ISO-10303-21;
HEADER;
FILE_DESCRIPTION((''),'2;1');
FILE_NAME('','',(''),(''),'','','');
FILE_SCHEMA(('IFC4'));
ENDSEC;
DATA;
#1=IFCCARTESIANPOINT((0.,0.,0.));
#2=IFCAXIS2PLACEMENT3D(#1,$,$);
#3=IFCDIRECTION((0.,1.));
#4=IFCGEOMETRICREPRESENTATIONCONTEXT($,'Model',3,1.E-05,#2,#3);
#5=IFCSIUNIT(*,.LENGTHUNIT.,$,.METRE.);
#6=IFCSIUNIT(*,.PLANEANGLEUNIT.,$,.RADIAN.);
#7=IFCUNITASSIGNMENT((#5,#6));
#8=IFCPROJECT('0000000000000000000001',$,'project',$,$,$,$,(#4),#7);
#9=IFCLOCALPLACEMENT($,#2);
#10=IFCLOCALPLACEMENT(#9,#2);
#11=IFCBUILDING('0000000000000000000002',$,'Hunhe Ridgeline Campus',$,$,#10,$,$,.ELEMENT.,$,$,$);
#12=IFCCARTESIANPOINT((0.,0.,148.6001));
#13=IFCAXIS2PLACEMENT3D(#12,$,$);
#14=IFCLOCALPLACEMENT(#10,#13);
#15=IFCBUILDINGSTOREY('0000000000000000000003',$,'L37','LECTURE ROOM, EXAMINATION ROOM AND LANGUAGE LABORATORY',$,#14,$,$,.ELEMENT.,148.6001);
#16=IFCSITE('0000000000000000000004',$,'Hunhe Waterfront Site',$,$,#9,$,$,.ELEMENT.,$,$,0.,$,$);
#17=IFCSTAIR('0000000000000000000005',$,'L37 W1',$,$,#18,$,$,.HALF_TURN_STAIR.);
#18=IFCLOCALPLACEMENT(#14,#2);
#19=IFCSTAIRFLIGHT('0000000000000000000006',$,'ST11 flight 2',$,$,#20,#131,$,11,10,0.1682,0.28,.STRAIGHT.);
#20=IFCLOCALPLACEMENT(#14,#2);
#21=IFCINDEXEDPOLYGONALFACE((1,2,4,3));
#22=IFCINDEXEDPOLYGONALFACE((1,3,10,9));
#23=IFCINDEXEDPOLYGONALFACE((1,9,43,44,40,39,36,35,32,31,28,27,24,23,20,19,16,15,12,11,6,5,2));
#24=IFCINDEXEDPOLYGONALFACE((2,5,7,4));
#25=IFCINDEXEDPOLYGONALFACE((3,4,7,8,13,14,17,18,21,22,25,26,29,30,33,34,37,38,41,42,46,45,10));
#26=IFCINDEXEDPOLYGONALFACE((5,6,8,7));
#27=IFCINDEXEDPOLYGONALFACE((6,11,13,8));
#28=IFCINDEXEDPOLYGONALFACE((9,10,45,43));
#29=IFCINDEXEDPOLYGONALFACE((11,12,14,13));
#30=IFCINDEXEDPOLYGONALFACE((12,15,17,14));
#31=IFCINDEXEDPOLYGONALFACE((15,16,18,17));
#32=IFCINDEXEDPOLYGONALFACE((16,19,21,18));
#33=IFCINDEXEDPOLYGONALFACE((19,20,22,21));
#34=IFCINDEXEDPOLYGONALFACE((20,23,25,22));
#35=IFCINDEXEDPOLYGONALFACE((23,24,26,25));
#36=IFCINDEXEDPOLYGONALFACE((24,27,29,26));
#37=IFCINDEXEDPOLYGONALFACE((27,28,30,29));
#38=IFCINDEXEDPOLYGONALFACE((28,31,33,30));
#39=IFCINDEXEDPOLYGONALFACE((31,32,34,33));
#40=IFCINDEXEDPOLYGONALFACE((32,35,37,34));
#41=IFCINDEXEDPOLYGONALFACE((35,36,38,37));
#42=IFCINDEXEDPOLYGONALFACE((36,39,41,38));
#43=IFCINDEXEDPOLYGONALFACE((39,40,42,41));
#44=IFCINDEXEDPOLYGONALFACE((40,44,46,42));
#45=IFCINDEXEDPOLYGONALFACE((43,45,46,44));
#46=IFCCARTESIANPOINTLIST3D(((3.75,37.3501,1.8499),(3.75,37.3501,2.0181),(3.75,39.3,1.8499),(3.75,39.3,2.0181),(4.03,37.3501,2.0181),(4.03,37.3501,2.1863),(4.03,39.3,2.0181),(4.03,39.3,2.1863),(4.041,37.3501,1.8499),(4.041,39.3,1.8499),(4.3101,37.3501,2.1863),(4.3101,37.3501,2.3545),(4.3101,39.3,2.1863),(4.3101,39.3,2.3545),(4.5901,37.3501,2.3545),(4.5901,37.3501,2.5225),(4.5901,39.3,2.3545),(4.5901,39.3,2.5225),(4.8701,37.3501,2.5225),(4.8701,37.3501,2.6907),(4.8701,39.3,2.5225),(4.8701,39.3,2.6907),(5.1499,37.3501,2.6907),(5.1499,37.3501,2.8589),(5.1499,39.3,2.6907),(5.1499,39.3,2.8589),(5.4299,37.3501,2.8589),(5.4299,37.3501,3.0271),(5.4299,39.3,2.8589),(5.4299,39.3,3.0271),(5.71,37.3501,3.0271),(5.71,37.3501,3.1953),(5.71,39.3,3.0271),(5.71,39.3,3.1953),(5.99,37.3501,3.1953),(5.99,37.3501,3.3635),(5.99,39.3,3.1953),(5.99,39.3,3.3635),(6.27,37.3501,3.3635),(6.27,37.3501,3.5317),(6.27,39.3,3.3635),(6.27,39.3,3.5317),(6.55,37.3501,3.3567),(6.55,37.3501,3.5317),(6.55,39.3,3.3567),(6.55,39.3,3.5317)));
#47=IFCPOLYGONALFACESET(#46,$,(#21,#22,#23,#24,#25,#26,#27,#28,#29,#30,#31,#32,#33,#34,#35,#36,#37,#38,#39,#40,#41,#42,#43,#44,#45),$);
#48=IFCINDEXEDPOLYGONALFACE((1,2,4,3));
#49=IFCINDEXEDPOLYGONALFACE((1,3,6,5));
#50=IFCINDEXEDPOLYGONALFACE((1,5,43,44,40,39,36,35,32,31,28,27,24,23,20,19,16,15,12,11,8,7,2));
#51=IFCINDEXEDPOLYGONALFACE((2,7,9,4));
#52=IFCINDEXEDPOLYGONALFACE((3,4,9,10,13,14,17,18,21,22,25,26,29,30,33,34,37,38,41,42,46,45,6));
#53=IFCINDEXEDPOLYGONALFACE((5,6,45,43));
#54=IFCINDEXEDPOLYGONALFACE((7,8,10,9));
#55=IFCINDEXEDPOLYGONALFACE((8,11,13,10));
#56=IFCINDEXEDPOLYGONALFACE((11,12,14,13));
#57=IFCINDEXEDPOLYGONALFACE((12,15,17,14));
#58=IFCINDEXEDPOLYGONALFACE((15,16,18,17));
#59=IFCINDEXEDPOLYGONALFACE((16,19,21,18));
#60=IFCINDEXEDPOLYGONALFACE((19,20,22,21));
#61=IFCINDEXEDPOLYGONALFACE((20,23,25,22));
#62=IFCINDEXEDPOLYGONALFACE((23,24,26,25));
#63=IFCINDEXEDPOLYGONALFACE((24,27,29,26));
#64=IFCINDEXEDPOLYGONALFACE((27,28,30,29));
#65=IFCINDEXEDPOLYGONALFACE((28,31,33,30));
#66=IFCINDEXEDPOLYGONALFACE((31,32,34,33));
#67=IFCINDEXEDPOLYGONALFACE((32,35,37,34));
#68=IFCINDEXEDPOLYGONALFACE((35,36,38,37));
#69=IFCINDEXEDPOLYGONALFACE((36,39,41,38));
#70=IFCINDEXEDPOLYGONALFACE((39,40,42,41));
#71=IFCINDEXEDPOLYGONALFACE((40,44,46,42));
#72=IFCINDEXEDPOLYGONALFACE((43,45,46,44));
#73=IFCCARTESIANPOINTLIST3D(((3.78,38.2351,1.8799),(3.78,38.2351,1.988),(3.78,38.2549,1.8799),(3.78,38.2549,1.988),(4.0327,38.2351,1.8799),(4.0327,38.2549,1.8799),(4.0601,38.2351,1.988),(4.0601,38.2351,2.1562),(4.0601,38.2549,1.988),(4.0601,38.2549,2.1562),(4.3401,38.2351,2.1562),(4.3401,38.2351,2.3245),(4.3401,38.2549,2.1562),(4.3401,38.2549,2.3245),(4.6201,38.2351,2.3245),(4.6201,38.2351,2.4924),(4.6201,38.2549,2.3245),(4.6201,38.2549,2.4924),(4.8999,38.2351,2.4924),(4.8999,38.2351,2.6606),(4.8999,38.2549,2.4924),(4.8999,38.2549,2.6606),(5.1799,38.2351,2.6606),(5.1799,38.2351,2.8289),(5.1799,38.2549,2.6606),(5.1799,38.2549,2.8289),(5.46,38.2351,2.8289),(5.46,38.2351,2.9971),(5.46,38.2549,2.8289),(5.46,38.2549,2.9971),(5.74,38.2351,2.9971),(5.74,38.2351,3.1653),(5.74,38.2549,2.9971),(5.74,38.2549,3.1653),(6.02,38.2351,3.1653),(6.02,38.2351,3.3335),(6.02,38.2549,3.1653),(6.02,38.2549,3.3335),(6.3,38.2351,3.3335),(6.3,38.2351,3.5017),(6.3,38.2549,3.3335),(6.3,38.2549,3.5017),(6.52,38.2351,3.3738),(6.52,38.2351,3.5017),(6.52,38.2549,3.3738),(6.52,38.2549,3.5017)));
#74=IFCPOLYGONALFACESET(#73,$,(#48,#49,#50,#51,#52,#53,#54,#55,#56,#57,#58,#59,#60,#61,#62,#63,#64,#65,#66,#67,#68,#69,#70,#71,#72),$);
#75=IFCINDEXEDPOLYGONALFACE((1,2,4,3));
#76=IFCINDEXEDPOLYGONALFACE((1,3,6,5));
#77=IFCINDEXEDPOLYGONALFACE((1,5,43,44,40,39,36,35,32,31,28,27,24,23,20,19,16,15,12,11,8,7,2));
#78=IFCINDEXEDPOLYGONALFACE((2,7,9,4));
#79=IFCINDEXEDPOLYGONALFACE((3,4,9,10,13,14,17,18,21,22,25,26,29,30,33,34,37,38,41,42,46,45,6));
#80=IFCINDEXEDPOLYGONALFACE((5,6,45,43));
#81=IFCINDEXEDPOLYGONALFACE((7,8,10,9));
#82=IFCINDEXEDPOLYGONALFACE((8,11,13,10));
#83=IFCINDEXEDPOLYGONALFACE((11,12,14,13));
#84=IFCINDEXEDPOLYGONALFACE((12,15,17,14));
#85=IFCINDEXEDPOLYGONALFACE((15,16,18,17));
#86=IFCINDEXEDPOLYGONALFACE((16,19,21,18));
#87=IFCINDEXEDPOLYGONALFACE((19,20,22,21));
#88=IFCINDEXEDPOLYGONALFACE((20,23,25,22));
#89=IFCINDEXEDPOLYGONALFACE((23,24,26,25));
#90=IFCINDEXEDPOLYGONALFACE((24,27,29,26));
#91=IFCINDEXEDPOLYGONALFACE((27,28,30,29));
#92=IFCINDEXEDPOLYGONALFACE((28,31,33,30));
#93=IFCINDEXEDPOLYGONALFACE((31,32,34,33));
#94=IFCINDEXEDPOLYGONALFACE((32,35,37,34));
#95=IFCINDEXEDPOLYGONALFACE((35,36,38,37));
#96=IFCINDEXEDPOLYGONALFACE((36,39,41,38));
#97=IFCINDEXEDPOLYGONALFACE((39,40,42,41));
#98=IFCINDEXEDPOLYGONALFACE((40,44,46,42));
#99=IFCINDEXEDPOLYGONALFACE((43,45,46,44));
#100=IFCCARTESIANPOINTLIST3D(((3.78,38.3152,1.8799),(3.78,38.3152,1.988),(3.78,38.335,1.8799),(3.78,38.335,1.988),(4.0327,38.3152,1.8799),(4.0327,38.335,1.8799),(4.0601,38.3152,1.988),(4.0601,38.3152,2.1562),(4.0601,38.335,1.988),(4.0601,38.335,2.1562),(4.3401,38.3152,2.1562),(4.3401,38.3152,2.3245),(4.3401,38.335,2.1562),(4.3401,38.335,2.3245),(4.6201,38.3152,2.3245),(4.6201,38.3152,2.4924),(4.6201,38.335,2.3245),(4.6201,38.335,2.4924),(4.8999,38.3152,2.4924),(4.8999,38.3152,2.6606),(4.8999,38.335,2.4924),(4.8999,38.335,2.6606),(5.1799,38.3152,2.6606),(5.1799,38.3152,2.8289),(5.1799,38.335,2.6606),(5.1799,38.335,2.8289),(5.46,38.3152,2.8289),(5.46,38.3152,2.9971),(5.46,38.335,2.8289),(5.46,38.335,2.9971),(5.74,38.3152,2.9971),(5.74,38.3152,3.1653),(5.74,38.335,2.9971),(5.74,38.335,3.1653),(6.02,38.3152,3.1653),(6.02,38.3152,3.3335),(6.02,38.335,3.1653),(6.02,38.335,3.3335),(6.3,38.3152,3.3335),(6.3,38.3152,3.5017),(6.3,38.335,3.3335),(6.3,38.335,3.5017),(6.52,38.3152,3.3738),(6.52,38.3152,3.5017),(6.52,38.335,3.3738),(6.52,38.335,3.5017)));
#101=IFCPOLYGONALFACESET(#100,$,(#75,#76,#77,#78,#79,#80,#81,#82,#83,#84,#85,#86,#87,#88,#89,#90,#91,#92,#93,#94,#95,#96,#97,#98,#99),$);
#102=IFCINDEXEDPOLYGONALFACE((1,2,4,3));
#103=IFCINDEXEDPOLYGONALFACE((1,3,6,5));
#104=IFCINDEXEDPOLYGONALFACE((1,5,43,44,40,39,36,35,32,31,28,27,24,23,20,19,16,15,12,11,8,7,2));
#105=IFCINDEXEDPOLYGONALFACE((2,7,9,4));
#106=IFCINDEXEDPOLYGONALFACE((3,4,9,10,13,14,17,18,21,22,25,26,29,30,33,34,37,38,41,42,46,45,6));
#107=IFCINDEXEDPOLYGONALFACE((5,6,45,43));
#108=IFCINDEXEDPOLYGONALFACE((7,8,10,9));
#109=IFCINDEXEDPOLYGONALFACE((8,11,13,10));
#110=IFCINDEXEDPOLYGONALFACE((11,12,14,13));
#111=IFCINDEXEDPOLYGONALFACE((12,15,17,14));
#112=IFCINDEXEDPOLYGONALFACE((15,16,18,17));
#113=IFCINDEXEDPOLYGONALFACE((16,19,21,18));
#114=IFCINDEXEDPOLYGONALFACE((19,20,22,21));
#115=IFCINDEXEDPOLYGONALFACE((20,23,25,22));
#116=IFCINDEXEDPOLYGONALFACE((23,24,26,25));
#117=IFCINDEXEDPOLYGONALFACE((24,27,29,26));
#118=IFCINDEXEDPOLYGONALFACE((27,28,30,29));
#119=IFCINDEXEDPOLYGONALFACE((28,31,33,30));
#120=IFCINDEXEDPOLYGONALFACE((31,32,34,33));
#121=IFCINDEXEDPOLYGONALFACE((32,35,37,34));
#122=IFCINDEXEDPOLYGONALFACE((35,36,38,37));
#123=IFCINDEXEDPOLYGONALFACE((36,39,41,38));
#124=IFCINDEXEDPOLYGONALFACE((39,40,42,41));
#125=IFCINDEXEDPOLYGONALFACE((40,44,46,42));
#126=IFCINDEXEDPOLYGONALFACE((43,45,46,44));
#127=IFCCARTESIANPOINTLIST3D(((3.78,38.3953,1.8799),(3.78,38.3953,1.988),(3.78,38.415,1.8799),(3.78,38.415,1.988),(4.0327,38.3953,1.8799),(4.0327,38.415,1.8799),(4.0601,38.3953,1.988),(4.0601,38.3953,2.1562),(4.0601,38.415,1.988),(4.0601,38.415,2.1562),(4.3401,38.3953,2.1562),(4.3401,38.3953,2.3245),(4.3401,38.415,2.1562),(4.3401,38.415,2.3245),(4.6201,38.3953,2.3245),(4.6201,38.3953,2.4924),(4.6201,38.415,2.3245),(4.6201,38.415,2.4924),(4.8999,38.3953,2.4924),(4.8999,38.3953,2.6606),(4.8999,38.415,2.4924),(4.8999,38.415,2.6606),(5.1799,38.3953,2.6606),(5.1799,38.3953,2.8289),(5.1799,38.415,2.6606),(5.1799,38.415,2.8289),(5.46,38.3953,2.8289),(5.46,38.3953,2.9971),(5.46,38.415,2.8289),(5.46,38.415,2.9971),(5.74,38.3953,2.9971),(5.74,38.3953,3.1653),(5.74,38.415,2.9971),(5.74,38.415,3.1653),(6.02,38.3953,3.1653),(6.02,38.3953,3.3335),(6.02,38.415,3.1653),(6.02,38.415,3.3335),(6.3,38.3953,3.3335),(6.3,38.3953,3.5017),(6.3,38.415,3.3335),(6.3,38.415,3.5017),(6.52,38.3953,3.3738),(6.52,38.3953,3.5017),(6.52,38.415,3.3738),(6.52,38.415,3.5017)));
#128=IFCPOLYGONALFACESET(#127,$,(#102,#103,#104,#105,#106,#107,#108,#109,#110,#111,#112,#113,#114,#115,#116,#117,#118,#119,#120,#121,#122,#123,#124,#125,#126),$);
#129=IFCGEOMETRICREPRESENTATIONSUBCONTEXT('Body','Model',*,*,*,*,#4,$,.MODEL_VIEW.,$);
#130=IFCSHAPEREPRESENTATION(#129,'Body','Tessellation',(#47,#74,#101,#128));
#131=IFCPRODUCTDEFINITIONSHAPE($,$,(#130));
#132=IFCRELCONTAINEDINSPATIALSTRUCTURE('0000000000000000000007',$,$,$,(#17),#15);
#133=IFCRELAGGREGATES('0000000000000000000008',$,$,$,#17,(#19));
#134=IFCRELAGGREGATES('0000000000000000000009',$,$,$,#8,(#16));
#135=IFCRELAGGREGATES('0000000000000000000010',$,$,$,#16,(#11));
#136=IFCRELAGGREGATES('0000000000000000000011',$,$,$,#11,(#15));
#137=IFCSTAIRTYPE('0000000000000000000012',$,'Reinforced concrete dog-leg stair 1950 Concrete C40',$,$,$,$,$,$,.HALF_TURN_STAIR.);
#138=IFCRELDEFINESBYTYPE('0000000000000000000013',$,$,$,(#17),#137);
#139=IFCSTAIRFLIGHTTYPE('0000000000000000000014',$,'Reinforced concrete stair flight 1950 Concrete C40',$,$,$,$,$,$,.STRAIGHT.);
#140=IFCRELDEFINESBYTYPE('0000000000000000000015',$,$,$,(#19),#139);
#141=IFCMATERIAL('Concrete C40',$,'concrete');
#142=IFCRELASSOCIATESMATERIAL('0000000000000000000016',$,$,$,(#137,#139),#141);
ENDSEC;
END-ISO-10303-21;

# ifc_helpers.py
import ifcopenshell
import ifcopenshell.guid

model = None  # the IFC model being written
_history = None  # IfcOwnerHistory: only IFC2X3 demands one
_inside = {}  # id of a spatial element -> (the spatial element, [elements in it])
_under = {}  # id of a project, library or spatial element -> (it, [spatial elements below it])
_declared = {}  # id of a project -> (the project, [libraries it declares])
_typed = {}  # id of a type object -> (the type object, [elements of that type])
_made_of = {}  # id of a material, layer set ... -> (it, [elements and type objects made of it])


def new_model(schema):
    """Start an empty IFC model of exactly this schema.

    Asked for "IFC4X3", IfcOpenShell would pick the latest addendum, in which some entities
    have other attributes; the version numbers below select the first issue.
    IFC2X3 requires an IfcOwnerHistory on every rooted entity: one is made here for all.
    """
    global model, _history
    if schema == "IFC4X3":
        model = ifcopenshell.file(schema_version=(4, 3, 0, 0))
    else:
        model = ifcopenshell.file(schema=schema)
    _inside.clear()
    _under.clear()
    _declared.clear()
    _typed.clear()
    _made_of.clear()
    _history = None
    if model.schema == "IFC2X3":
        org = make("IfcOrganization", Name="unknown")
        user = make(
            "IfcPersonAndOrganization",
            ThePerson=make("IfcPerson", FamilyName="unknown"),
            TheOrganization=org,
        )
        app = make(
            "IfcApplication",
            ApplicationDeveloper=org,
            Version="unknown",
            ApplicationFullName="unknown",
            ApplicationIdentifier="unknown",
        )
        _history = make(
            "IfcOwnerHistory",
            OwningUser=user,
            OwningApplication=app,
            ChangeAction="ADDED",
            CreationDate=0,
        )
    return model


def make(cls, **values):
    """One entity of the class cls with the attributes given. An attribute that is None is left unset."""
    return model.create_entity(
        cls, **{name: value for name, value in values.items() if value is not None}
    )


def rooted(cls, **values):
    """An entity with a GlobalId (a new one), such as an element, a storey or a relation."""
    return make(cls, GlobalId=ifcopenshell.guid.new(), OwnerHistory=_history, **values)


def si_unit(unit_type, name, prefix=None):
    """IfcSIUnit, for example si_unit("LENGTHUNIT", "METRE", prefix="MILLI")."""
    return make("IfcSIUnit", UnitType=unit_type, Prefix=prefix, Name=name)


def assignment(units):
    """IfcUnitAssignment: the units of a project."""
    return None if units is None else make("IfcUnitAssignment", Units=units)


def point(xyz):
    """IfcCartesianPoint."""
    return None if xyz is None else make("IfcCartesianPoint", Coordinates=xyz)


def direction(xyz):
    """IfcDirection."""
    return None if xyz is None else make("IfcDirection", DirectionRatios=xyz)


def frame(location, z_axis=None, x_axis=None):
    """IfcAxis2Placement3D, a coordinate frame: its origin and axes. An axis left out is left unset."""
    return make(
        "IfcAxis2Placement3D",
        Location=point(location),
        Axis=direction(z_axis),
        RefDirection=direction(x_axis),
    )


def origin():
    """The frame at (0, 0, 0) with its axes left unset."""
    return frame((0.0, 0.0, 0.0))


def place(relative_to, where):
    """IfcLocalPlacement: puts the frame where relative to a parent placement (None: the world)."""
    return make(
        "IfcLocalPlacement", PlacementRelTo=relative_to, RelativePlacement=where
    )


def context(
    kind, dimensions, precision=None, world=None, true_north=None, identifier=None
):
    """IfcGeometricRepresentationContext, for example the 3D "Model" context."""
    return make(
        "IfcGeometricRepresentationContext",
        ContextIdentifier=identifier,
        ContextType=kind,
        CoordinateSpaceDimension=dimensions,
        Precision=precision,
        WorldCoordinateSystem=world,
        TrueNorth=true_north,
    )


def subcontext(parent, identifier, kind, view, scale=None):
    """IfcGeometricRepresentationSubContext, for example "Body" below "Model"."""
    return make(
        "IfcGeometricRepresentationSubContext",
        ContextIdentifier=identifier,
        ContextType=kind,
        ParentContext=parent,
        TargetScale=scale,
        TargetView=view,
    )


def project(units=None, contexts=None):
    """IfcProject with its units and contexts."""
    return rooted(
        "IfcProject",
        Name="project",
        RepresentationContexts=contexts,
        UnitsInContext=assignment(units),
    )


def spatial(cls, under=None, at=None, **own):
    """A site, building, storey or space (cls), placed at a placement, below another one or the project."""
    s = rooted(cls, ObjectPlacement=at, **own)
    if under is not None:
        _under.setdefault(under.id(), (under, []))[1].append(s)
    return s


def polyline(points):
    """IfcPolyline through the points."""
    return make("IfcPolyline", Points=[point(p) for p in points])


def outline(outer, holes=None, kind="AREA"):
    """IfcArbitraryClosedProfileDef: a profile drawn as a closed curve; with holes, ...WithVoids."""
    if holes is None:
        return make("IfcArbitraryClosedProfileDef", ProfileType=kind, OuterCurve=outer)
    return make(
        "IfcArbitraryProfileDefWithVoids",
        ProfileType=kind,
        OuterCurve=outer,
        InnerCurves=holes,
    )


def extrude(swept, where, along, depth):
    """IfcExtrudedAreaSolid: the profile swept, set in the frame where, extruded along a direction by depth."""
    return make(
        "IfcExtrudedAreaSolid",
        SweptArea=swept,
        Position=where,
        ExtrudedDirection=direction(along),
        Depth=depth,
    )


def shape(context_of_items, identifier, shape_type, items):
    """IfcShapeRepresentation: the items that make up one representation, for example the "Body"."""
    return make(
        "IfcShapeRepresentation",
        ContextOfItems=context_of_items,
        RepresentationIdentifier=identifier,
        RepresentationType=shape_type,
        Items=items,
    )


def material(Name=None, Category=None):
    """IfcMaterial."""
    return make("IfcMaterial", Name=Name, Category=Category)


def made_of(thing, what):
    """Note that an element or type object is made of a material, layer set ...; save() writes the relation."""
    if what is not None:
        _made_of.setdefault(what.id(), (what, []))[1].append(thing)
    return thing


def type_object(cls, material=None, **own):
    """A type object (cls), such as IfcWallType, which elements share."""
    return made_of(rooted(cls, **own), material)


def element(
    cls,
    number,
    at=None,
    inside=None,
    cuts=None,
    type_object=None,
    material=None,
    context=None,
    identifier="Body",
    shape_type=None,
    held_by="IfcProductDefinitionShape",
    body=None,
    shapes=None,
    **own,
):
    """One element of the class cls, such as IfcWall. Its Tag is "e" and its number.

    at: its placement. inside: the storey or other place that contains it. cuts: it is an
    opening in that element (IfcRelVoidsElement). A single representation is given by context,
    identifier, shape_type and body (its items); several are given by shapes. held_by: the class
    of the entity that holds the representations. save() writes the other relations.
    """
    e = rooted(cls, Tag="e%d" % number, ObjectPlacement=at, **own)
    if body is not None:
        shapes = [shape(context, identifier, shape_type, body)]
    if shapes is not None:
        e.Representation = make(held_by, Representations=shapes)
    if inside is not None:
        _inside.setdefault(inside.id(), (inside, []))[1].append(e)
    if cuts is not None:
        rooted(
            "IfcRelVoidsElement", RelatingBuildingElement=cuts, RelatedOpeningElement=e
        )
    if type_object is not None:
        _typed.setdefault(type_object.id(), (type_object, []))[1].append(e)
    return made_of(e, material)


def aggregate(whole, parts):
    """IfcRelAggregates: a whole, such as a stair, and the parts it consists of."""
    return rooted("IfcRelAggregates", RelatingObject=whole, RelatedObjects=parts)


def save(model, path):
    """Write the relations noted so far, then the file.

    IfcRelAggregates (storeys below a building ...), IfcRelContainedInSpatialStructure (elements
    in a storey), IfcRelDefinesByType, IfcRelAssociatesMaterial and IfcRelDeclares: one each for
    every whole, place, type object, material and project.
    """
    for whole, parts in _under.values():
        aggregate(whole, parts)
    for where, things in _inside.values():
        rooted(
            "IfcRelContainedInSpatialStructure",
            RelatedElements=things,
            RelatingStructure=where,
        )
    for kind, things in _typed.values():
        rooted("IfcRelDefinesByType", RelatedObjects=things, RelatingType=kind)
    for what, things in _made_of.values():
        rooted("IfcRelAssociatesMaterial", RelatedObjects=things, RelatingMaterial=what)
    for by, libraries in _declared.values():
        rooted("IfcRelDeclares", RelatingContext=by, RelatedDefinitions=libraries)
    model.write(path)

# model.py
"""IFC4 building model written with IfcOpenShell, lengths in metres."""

from ifc_helpers import new_model, si_unit, direction, frame, origin, place, context, subcontext, project, spatial, polyline, outline, extrude, material, type_object, element, aggregate, save


model = new_model("IFC4")

# Units and contexts
model_context = context("Model", 3, precision=1e-05, world=origin(), true_north=direction((0.0, 1.0)))
body_context = subcontext(model_context, "Body", "Model", "MODEL_VIEW")
ifc_project = project(units=[si_unit("LENGTHUNIT", "METRE"), si_unit("PLANEANGLEUNIT", "RADIAN")], contexts=[model_context])

# Site, building, storey
site_placement = place(None, origin())
site = spatial("IfcSite", under=ifc_project, at=site_placement, Name="Hunhe Waterfront Site", CompositionType="ELEMENT", RefElevation=0.0)
building_placement = place(site_placement, origin())
building = spatial("IfcBuilding", under=site, at=building_placement, Name="Hunhe Ridgeline Campus", CompositionType="ELEMENT")
storey_placement = place(building_placement, frame((0.0, 0.0, 148.6001)))
storey = spatial("IfcBuildingStorey", under=building, at=storey_placement, Name="L37", Description="LECTURE ROOM, EXAMINATION ROOM AND LANGUAGE LABORATORY", CompositionType="ELEMENT", Elevation=148.6001)

# Stair, stair flight
ifc_material_1 = material(Name="Concrete C40", Category="concrete")
stair_type = type_object("IfcStairType", Name="Reinforced concrete dog-leg stair 1950 Concrete C40", PredefinedType="HALF_TURN_STAIR", material=ifc_material_1)
stair_placement = place(storey_placement, origin())
stair = element("IfcStair", 1, at=stair_placement, inside=storey, type_object=stair_type, Name="L37 W1", PredefinedType="HALF_TURN_STAIR")
stair_flight_type = type_object("IfcStairFlightType", Name="Reinforced concrete stair flight 1950 Concrete C40", PredefinedType="STRAIGHT", material=ifc_material_1)
stair_flight_1_placement = place(storey_placement, frame((3.75, 38.325, 1.8499), z_axis=(0.0, 0.0, 1.0), x_axis=(1.0, 0.0, 0.0)))
stair_flight_1 = element("IfcStairFlight", 2, at=stair_flight_1_placement, type_object=stair_flight_type, Name="ST11 flight 2", NumberOfRisers=11, NumberOfTreads=10, PredefinedType="STRAIGHT", RiserHeight=0.1682, TreadLength=0.28, context=body_context, shape_type="SweptSolid", body=[
    extrude(outline(polyline([(0.0, 0.0), (0.0, 0.1682), (0.28, 0.1682), (0.28, 0.3364), (0.5601, 0.3364), (0.5601, 0.5046), (0.8401, 0.5046), (0.8401, 0.6726), (1.1201, 0.6726), (1.1201, 0.8408), (1.3999, 0.8408), (1.3999, 1.009), (1.6799, 1.009), (1.6799, 1.1772), (1.96, 1.1772), (1.96, 1.3455), (2.24, 1.3455), (2.24, 1.5137), (2.52, 1.5137), (2.52, 1.6819), (2.8, 1.6819), (2.8, 1.8501), (2.8, 1.5068), (0.291, 0.0), (0.0, 0.0)])), frame((0.0, 0.9751, 0.0), z_axis=(0.0, -1.0, 0.0), x_axis=(1.0, 0.0, 0.0)), (0.0, 0.0, 1.0), 1.95),
    extrude(outline(polyline([(0.03, 0.03), (0.03, 0.1382), (0.3101, 0.1382), (0.3101, 0.3064), (0.5901, 0.3064), (0.5901, 0.4746), (0.8701, 0.4746), (0.8701, 0.6426), (1.1499, 0.6426), (1.1499, 0.8108), (1.4299, 0.8108), (1.4299, 0.979), (1.71, 0.979), (1.71, 1.1472), (1.99, 1.1472), (1.99, 1.3154), (2.27, 1.3154), (2.27, 1.4836), (2.55, 1.4836), (2.55, 1.6519), (2.77, 1.6519), (2.77, 1.5239), (0.2827, 0.03), (0.03, 0.03)])), frame((0.0, -0.0701, 0.0), z_axis=(0.0, -1.0, 0.0), x_axis=(1.0, 0.0, 0.0)), (0.0, 0.0, 1.0), 0.0198),
    extrude(outline(polyline([(0.03, 0.03), (0.03, 0.1382), (0.3101, 0.1382), (0.3101, 0.3064), (0.5901, 0.3064), (0.5901, 0.4746), (0.8701, 0.4746), (0.8701, 0.6426), (1.1499, 0.6426), (1.1499, 0.8108), (1.4299, 0.8108), (1.4299, 0.979), (1.71, 0.979), (1.71, 1.1472), (1.99, 1.1472), (1.99, 1.3154), (2.27, 1.3154), (2.27, 1.4836), (2.55, 1.4836), (2.55, 1.6519), (2.77, 1.6519), (2.77, 1.5239), (0.2827, 0.03), (0.03, 0.03)])), frame((0.0, 0.01, 0.0), z_axis=(0.0, -1.0, 0.0), x_axis=(1.0, 0.0, 0.0)), (0.0, 0.0, 1.0), 0.0198),
    extrude(outline(polyline([(0.03, 0.03), (0.03, 0.1382), (0.3101, 0.1382), (0.3101, 0.3064), (0.5901, 0.3064), (0.5901, 0.4746), (0.8701, 0.4746), (0.8701, 0.6426), (1.1499, 0.6426), (1.1499, 0.8108), (1.4299, 0.8108), (1.4299, 0.979), (1.71, 0.979), (1.71, 1.1472), (1.99, 1.1472), (1.99, 1.3154), (2.27, 1.3154), (2.27, 1.4836), (2.55, 1.4836), (2.55, 1.6519), (2.77, 1.6519), (2.77, 1.5239), (0.2827, 0.03), (0.03, 0.03)])), frame((0.0, 0.0901, 0.0), z_axis=(0.0, -1.0, 0.0), x_axis=(1.0, 0.0, 0.0)), (0.0, 0.0, 1.0), 0.0198),
])
aggregate(stair, [stair_flight_1])

save(model, "model.ifc")
